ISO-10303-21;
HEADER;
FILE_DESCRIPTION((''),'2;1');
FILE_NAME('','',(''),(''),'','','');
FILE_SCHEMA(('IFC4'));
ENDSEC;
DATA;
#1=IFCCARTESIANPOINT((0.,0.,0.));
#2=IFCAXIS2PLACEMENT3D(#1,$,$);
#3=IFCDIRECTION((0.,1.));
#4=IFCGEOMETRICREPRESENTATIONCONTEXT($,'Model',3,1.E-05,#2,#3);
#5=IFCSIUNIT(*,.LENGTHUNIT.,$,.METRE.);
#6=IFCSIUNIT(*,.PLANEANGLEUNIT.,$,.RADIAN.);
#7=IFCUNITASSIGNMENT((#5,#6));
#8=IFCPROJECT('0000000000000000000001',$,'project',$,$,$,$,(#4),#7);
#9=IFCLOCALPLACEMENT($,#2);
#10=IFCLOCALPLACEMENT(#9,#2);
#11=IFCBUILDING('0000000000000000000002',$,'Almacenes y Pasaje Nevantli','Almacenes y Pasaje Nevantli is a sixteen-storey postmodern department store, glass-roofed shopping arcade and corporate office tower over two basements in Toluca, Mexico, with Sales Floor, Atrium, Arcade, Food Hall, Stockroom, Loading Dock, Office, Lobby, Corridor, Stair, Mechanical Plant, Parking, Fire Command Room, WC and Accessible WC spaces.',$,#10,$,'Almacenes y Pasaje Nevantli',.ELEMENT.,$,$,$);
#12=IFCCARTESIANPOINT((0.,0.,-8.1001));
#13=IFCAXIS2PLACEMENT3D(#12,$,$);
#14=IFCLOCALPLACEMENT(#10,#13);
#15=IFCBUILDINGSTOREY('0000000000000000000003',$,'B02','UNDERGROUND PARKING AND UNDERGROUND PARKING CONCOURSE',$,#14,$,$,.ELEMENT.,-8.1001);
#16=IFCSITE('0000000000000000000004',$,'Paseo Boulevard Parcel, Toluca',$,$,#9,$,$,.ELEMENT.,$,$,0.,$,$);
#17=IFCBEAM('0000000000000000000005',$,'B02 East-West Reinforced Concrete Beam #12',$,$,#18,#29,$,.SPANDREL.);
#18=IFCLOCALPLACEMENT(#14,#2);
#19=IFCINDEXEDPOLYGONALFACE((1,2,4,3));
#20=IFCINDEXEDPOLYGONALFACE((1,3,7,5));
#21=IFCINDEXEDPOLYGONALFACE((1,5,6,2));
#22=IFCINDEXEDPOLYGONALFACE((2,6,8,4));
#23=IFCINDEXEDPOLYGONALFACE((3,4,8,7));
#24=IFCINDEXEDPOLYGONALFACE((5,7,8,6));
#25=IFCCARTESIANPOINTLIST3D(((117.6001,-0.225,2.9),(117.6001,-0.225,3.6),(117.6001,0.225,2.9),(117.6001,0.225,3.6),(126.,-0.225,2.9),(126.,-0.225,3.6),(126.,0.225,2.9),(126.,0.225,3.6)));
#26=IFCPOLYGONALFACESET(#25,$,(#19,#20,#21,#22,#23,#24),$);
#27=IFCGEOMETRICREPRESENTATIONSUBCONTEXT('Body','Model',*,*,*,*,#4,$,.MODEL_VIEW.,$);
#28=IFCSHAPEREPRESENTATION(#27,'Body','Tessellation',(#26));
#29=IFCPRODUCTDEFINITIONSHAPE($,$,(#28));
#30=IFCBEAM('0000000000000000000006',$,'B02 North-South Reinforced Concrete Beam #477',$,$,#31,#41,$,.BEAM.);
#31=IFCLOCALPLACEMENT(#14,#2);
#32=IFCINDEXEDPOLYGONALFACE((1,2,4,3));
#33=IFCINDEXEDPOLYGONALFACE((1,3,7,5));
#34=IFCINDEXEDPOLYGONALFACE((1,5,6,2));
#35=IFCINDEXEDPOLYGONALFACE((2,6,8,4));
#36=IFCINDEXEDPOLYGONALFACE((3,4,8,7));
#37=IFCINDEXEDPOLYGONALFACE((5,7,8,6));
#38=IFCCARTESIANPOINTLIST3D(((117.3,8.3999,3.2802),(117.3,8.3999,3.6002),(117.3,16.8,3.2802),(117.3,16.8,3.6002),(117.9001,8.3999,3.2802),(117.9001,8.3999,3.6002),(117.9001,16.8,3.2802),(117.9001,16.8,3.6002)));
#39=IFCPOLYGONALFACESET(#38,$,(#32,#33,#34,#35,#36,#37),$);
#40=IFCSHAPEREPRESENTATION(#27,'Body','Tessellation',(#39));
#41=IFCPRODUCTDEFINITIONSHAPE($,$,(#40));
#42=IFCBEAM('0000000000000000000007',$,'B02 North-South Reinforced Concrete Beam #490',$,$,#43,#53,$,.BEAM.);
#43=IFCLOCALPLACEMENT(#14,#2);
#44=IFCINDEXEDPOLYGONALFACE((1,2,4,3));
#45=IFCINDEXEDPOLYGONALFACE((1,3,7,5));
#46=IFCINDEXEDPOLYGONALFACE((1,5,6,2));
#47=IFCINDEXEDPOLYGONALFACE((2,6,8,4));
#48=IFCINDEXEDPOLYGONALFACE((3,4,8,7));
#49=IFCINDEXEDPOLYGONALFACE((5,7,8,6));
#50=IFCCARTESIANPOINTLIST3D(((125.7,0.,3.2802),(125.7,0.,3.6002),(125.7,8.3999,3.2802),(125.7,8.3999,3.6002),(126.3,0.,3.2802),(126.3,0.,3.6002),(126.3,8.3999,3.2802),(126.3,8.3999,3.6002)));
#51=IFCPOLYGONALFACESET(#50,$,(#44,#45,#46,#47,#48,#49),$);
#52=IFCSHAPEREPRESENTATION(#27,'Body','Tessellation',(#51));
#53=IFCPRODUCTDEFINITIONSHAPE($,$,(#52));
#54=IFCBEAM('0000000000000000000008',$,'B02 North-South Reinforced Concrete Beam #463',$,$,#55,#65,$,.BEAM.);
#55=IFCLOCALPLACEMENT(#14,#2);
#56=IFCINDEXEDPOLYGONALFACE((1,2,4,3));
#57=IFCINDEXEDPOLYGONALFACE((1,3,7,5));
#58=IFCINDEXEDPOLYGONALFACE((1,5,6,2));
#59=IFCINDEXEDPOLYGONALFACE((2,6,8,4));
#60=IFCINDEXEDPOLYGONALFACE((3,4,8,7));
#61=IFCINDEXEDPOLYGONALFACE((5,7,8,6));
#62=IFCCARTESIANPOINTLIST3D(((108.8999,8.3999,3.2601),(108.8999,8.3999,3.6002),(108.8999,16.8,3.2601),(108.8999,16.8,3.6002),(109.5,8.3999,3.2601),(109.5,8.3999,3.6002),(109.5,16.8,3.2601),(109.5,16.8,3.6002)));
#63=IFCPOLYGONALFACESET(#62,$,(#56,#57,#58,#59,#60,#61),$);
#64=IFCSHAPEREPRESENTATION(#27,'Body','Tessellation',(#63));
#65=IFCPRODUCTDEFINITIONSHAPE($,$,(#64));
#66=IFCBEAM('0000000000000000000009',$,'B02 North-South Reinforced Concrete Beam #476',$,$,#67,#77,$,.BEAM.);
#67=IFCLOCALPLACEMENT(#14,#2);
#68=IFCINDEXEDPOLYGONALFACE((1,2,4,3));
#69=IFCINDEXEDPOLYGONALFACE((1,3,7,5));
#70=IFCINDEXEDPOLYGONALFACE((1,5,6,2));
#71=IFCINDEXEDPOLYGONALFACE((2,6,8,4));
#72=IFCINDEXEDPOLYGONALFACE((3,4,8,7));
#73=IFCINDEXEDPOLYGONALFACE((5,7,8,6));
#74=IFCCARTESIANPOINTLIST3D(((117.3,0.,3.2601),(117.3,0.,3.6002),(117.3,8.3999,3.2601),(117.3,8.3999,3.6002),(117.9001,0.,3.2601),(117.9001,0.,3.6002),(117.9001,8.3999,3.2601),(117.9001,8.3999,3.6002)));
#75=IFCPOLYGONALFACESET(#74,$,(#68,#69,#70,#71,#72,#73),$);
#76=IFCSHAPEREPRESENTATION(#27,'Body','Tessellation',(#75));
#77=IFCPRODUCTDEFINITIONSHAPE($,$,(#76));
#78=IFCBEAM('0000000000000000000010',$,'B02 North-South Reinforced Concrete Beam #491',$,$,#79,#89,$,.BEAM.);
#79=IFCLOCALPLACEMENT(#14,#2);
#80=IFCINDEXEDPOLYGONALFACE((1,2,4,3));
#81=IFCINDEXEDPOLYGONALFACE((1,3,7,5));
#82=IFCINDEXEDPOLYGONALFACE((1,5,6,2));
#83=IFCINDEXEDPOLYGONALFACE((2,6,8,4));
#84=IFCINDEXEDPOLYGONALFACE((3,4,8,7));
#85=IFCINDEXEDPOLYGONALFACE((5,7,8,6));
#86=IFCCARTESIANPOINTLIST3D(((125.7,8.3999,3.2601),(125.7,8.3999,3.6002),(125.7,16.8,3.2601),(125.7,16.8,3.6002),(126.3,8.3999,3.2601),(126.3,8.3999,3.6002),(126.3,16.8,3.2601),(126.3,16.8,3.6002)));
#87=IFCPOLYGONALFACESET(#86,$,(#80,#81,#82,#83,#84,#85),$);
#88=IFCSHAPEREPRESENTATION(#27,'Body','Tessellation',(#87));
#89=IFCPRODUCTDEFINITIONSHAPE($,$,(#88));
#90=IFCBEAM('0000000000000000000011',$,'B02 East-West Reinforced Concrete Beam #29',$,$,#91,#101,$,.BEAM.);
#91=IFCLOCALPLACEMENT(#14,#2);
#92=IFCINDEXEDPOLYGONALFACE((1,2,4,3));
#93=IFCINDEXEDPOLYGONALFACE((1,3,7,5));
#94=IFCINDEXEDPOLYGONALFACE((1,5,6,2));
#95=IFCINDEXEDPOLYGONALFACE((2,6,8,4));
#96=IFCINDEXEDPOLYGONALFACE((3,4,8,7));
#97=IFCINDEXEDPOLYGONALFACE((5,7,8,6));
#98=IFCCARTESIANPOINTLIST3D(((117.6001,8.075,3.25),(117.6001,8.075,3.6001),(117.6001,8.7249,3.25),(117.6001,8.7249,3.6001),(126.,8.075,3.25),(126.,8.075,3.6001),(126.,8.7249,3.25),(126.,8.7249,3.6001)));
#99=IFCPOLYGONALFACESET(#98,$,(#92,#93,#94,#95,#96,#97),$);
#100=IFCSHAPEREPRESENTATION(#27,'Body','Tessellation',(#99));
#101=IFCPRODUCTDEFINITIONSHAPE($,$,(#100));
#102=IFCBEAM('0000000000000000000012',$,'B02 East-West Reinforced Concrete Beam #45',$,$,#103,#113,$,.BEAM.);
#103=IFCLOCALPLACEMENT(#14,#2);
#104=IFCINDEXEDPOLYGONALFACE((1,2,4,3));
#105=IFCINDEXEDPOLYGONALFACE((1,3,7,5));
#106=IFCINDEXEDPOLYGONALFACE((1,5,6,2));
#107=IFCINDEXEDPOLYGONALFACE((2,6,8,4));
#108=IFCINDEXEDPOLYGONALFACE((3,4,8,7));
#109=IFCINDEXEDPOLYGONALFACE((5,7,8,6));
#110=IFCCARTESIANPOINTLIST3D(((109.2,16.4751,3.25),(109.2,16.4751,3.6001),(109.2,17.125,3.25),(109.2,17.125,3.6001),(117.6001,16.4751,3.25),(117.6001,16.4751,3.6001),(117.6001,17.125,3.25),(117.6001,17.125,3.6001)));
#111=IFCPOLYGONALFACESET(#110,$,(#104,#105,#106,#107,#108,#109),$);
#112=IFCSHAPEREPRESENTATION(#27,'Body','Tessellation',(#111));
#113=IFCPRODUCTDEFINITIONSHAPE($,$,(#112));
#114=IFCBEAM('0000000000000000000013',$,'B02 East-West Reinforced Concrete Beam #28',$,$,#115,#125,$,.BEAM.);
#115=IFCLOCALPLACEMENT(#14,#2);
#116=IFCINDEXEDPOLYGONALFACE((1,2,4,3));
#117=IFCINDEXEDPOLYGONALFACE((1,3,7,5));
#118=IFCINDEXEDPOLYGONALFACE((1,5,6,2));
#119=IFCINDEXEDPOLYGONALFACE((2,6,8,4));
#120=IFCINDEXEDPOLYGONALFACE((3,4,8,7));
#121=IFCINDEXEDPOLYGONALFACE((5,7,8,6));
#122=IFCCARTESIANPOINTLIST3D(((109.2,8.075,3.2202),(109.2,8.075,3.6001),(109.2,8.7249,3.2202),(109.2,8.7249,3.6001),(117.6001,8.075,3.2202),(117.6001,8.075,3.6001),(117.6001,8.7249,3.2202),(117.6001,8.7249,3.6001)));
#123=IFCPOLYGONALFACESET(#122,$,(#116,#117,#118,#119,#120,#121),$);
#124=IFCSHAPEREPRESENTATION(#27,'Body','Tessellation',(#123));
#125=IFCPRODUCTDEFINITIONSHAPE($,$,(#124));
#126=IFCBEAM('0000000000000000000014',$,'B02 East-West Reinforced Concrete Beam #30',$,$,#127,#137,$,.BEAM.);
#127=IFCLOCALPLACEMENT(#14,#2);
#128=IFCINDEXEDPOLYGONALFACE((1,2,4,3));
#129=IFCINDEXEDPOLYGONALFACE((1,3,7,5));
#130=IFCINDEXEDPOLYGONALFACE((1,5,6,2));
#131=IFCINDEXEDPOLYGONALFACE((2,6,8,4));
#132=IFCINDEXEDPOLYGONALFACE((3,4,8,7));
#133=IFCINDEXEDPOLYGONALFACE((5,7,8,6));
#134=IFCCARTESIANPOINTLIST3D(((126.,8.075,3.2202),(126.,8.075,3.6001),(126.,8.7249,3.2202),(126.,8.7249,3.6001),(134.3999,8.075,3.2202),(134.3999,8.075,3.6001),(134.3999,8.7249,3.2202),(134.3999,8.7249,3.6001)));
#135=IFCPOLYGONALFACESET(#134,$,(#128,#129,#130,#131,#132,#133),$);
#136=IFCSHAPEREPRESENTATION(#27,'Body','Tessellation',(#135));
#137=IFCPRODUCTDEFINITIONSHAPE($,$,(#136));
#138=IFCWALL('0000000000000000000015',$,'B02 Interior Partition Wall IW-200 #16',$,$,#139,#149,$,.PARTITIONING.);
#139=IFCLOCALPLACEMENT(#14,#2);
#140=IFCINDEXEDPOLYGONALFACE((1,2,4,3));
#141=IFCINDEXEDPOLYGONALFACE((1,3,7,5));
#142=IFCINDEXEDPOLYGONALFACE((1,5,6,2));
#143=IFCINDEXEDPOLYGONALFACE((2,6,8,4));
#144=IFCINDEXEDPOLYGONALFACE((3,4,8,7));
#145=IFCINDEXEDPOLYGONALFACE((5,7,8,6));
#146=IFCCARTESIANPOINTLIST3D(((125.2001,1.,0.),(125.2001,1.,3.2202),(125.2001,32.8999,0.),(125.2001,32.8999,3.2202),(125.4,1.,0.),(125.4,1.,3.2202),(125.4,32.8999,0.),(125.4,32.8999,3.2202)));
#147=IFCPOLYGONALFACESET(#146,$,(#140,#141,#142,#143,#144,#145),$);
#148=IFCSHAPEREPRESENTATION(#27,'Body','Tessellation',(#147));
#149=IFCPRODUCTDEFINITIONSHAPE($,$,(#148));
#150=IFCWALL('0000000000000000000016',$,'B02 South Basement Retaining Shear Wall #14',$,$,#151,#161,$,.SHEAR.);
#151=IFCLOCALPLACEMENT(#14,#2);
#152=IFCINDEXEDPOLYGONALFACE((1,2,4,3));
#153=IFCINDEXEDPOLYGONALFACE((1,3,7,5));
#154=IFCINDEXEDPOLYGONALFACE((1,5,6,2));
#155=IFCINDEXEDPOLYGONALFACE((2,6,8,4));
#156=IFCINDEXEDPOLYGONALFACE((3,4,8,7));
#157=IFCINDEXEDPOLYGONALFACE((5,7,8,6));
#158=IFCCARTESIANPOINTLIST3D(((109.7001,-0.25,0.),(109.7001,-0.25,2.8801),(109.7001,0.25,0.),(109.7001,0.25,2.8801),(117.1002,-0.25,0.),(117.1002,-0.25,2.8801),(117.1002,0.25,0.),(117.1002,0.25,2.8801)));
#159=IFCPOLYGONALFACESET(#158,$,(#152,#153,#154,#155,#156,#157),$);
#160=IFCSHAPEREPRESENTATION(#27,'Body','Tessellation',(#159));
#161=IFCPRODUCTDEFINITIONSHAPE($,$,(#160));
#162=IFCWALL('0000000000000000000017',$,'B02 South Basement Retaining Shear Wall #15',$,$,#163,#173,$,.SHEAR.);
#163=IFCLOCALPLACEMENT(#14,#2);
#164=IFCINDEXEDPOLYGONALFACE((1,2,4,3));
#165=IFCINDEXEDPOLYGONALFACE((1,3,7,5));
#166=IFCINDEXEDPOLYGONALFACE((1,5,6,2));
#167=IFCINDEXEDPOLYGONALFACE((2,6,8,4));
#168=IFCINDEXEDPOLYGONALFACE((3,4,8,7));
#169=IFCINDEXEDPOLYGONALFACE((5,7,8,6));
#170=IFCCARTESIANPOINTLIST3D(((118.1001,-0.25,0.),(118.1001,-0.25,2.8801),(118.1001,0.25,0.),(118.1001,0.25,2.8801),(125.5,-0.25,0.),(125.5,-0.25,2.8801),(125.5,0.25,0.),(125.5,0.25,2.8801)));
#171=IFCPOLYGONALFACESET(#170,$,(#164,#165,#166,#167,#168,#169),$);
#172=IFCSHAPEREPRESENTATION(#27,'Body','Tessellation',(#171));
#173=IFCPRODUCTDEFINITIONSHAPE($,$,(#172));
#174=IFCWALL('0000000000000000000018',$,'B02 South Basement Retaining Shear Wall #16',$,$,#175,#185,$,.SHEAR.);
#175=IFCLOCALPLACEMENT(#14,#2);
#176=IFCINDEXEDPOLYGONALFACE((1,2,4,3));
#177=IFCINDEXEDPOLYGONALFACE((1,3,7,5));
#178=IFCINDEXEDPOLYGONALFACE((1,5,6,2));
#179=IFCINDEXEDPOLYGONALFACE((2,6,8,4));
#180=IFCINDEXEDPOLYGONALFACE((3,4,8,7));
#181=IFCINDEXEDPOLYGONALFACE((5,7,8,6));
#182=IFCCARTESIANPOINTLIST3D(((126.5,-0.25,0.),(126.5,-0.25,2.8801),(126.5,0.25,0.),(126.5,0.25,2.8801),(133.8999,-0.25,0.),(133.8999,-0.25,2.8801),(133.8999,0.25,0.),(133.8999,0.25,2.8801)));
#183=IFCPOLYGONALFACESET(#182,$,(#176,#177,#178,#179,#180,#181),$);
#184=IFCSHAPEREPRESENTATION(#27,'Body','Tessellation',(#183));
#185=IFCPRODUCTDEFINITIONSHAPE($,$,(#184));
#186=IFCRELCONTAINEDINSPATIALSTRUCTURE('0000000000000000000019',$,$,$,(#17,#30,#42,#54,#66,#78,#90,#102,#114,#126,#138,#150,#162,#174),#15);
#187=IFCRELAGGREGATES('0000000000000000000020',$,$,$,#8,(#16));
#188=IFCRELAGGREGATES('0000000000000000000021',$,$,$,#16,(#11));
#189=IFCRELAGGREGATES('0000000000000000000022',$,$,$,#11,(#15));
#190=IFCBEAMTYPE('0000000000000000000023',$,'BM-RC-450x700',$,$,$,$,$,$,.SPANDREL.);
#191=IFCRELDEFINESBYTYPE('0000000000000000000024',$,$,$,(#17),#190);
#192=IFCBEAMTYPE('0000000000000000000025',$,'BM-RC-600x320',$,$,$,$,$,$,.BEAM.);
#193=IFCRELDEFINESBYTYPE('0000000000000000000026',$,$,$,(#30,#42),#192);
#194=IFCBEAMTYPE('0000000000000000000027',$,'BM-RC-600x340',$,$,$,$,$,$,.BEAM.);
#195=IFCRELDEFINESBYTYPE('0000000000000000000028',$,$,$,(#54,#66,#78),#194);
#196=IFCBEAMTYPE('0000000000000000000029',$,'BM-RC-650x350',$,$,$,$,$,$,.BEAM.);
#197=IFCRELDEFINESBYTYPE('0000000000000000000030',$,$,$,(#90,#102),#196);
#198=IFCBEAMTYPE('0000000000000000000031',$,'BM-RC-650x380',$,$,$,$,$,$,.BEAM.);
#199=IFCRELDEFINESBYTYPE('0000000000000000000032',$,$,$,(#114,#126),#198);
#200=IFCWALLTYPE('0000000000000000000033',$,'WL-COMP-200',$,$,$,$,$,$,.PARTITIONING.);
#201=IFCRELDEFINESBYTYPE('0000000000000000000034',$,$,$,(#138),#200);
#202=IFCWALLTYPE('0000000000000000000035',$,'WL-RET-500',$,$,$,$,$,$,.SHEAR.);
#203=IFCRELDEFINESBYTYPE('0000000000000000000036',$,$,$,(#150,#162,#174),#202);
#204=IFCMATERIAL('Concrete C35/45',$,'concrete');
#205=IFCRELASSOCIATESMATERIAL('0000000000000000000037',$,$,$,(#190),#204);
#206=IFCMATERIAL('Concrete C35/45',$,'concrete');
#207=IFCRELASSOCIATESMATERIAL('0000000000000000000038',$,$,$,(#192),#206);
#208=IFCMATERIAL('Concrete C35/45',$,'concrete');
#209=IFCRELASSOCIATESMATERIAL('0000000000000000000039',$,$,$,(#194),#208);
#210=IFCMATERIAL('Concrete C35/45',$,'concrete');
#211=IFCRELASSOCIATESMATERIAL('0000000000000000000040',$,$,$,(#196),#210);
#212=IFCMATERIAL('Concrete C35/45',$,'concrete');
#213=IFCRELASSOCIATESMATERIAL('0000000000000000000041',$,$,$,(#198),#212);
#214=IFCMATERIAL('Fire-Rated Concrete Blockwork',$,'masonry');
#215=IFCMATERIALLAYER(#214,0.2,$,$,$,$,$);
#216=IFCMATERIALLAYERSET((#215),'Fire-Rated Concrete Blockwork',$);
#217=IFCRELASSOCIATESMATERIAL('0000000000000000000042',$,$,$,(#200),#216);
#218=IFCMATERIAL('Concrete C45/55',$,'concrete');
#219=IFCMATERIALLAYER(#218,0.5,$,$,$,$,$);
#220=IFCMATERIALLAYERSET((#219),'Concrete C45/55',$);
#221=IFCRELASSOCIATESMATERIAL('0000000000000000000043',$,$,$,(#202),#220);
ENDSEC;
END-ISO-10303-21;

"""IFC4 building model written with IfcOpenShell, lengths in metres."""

from ifc_helpers import new_model, si_unit, direction, frame, frame_2d, origin, origin_2d, place, context, subcontext, project, spatial, rectangle, extrude, material, layer, layer_set, material_profile, profile_set, type_object, element, save


model = new_model("IFC4")

# Units and contexts
model_context = context("Model", 3, precision=1e-05, world=origin(), true_north=direction((0.0, 1.0)))
body_context = subcontext(model_context, "Body", "Model", "MODEL_VIEW")
ifc_project = project(units=[si_unit("LENGTHUNIT", "METRE"), si_unit("PLANEANGLEUNIT", "RADIAN")], contexts=[model_context])

# Site, building, storey
site_placement = place(None, origin())
site = spatial("IfcSite", under=ifc_project, at=site_placement, Name="Paseo Boulevard Parcel, Toluca", CompositionType="ELEMENT", RefElevation=0.0)
building_placement = place(site_placement, origin())
building = spatial("IfcBuilding", under=site, at=building_placement, Name="Almacenes y Pasaje Nevantli", Description="Almacenes y Pasaje Nevantli is a sixteen-storey postmodern department store, glass-roofed shopping arcade and corporate office tower over two basements in Toluca, Mexico, with Sales Floor, Atrium, Arcade, Food Hall, Stockroom, Loading Dock, Office, Lobby, Corridor, Stair, Mechanical Plant, Parking, Fire Command Room, WC and Accessible WC spaces.", LongName="Almacenes y Pasaje Nevantli", CompositionType="ELEMENT")
storey_placement = place(building_placement, frame((0.0, 0.0, -8.1001)))
storey = spatial("IfcBuildingStorey", under=building, at=storey_placement, Name="B02", Description="UNDERGROUND PARKING AND UNDERGROUND PARKING CONCOURSE", CompositionType="ELEMENT", Elevation=-8.1001)

# Beams
ifc_material_1 = material(Name="Concrete C35/45", Category="concrete")
ifc_material_profile_1 = material_profile(ifc_material_1, rectangle(XDim=0.45, YDim=0.7, at=origin_2d()), Name="RC-BM-450x700")
ifc_profile_set_1 = profile_set([ifc_material_profile_1], Name="Concrete C35/45")
beam_type_1 = type_object("IfcBeamType", Name="BM-RC-450x700", PredefinedType="SPANDREL", material=ifc_profile_set_1)
beam_1_placement = place(storey_placement, frame((117.6001, 0.0, 3.25), z_axis=(1.0, 0.0, 0.0), x_axis=(0.0, 1.0, 0.0)))
element("IfcBeam", 1, at=beam_1_placement, inside=storey, type_object=beam_type_1, Name="B02 East-West Reinforced Concrete Beam #12", PredefinedType="SPANDREL", context=body_context, shape_type="SweptSolid", body=[
    extrude(rectangle(XDim=0.45, YDim=0.7, at=origin_2d()), origin(), (0.0, 0.0, 1.0), 8.3999),
])
ifc_material_2 = material(Name="Concrete C35/45", Category="concrete")
ifc_material_profile_2 = material_profile(ifc_material_2, rectangle(XDim=0.6001, YDim=0.3201, at=origin_2d()), Name="RC-BM-600x320")
ifc_profile_set_2 = profile_set([ifc_material_profile_2], Name="Concrete C35/45")
beam_type_2 = type_object("IfcBeamType", Name="BM-RC-600x320", PredefinedType="BEAM", material=ifc_profile_set_2)
beam_2_placement = place(storey_placement, frame((117.6001, 8.3999, 3.4402), z_axis=(0.0, 1.0, 0.0), x_axis=(-1.0, 0.0, 0.0)))
element("IfcBeam", 2, at=beam_2_placement, inside=storey, type_object=beam_type_2, Name="B02 North-South Reinforced Concrete Beam #477", PredefinedType="BEAM", context=body_context, shape_type="SweptSolid", body=[
    extrude(rectangle(XDim=0.6001, YDim=0.3201, at=origin_2d()), origin(), (0.0, 0.0, 1.0), 8.4001),
])
beam_3_placement = place(storey_placement, frame((126.0, 0.0, 3.4402), z_axis=(0.0, 1.0, 0.0), x_axis=(-1.0, 0.0, 0.0)))
element("IfcBeam", 3, at=beam_3_placement, inside=storey, type_object=beam_type_2, Name="B02 North-South Reinforced Concrete Beam #490", PredefinedType="BEAM", context=body_context, shape_type="SweptSolid", body=[
    extrude(rectangle(XDim=0.6001, YDim=0.3201, at=origin_2d()), origin(), (0.0, 0.0, 1.0), 8.3999),
])
ifc_material_3 = material(Name="Concrete C35/45", Category="concrete")
ifc_material_profile_3 = material_profile(ifc_material_3, rectangle(XDim=0.6001, YDim=0.3401, at=origin_2d()), Name="RC-BM-600x340")
ifc_profile_set_3 = profile_set([ifc_material_profile_3], Name="Concrete C35/45")
beam_type_3 = type_object("IfcBeamType", Name="BM-RC-600x340", PredefinedType="BEAM", material=ifc_profile_set_3)
beam_4_placement = place(storey_placement, frame((109.2, 8.3999, 3.4302), z_axis=(0.0, 1.0, 0.0), x_axis=(-1.0, 0.0, 0.0)))
element("IfcBeam", 4, at=beam_4_placement, inside=storey, type_object=beam_type_3, Name="B02 North-South Reinforced Concrete Beam #463", PredefinedType="BEAM", context=body_context, shape_type="SweptSolid", body=[
    extrude(rectangle(XDim=0.6001, YDim=0.3401, at=origin_2d()), origin(), (0.0, 0.0, 1.0), 8.4001),
])
beam_5_placement = place(storey_placement, frame((117.6001, 0.0, 3.4302), z_axis=(0.0, 1.0, 0.0), x_axis=(-1.0, 0.0, 0.0)))
element("IfcBeam", 5, at=beam_5_placement, inside=storey, type_object=beam_type_3, Name="B02 North-South Reinforced Concrete Beam #476", PredefinedType="BEAM", context=body_context, shape_type="SweptSolid", body=[
    extrude(rectangle(XDim=0.6001, YDim=0.3401, at=origin_2d()), origin(), (0.0, 0.0, 1.0), 8.3999),
])
beam_6_placement = place(storey_placement, frame((126.0, 8.3999, 3.4302), z_axis=(0.0, 1.0, 0.0), x_axis=(-1.0, 0.0, 0.0)))
element("IfcBeam", 6, at=beam_6_placement, inside=storey, type_object=beam_type_3, Name="B02 North-South Reinforced Concrete Beam #491", PredefinedType="BEAM", context=body_context, shape_type="SweptSolid", body=[
    extrude(rectangle(XDim=0.6001, YDim=0.3401, at=origin_2d()), origin(), (0.0, 0.0, 1.0), 8.4001),
])
ifc_material_4 = material(Name="Concrete C35/45", Category="concrete")
ifc_material_profile_4 = material_profile(ifc_material_4, rectangle(XDim=0.6499, YDim=0.3501, at=origin_2d()), Name="RC-BM-650x350")
ifc_profile_set_4 = profile_set([ifc_material_profile_4], Name="Concrete C35/45")
beam_type_4 = type_object("IfcBeamType", Name="BM-RC-650x350", PredefinedType="BEAM", material=ifc_profile_set_4)
beam_7_placement = place(storey_placement, frame((117.6001, 8.3999, 3.425), z_axis=(1.0, 0.0, 0.0), x_axis=(0.0, 1.0, 0.0)))
element("IfcBeam", 7, at=beam_7_placement, inside=storey, type_object=beam_type_4, Name="B02 East-West Reinforced Concrete Beam #29", PredefinedType="BEAM", context=body_context, shape_type="SweptSolid", body=[
    extrude(rectangle(XDim=0.6499, YDim=0.3501, at=origin_2d()), origin(), (0.0, 0.0, 1.0), 8.3999),
])
beam_8_placement = place(storey_placement, frame((109.2, 16.8, 3.425), z_axis=(1.0, 0.0, 0.0), x_axis=(0.0, 1.0, 0.0)))
element("IfcBeam", 8, at=beam_8_placement, inside=storey, type_object=beam_type_4, Name="B02 East-West Reinforced Concrete Beam #45", PredefinedType="BEAM", context=body_context, shape_type="SweptSolid", body=[
    extrude(rectangle(XDim=0.6499, YDim=0.3501, at=origin_2d()), origin(), (0.0, 0.0, 1.0), 8.4001),
])
ifc_material_5 = material(Name="Concrete C35/45", Category="concrete")
ifc_material_profile_5 = material_profile(ifc_material_5, rectangle(XDim=0.6499, YDim=0.3799, at=origin_2d()), Name="RC-BM-650x380")
ifc_profile_set_5 = profile_set([ifc_material_profile_5], Name="Concrete C35/45")
beam_type_5 = type_object("IfcBeamType", Name="BM-RC-650x380", PredefinedType="BEAM", material=ifc_profile_set_5)
beam_9_placement = place(storey_placement, frame((109.2, 8.3999, 3.4102), z_axis=(1.0, 0.0, 0.0), x_axis=(0.0, 1.0, 0.0)))
element("IfcBeam", 9, at=beam_9_placement, inside=storey, type_object=beam_type_5, Name="B02 East-West Reinforced Concrete Beam #28", PredefinedType="BEAM", context=body_context, shape_type="SweptSolid", body=[
    extrude(rectangle(XDim=0.6499, YDim=0.3799, at=origin_2d()), origin(), (0.0, 0.0, 1.0), 8.4001),
])
beam_10_placement = place(storey_placement, frame((126.0, 8.3999, 3.4102), z_axis=(1.0, 0.0, 0.0), x_axis=(0.0, 1.0, 0.0)))
element("IfcBeam", 10, at=beam_10_placement, inside=storey, type_object=beam_type_5, Name="B02 East-West Reinforced Concrete Beam #30", PredefinedType="BEAM", context=body_context, shape_type="SweptSolid", body=[
    extrude(rectangle(XDim=0.6499, YDim=0.3799, at=origin_2d()), origin(), (0.0, 0.0, 1.0), 8.3999),
])

# Walls
ifc_material_6 = material(Name="Fire-Rated Concrete Blockwork", Category="masonry")
ifc_layer_1 = layer(ifc_material_6, 0.2)
ifc_layer_set_1 = layer_set([ifc_layer_1], Name="Fire-Rated Concrete Blockwork")
wall_type_1 = type_object("IfcWallType", Name="WL-COMP-200", PredefinedType="PARTITIONING", material=ifc_layer_set_1)
wall_1_placement = place(storey_placement, frame((125.3, 1.0, 0.0), z_axis=(0.0, 0.0, 1.0), x_axis=(0.0, 1.0, 0.0)))
element("IfcWall", 11, at=wall_1_placement, inside=storey, type_object=wall_type_1, Name="B02 Interior Partition Wall IW-200 #16", PredefinedType="PARTITIONING", context=body_context, shape_type="SweptSolid", body=[
    extrude(rectangle(XDim=31.8999, YDim=0.2, at=frame_2d((15.95, 0.0))), origin(), (0.0, 0.0, 1.0), 3.2202),
])
ifc_material_7 = material(Name="Concrete C45/55", Category="concrete")
ifc_layer_2 = layer(ifc_material_7, 0.5)
ifc_layer_set_2 = layer_set([ifc_layer_2], Name="Concrete C45/55")
wall_type_2 = type_object("IfcWallType", Name="WL-RET-500", PredefinedType="SHEAR", material=ifc_layer_set_2)
wall_2_placement = place(storey_placement, frame((109.7, 0.0, 0.0), z_axis=(0.0, 0.0, 1.0), x_axis=(1.0, 0.0, 0.0)))
element("IfcWall", 12, at=wall_2_placement, inside=storey, type_object=wall_type_2, Name="B02 South Basement Retaining Shear Wall #14", PredefinedType="SHEAR", context=body_context, shape_type="SweptSolid", body=[
    extrude(rectangle(XDim=7.4001, YDim=0.5, at=frame_2d((3.7002, 0.0))), origin(), (0.0, 0.0, 1.0), 2.8801),
])
for number, where, z_axis, x_axis, name in (
    (13, (118.1001, 0.0, 0.0), (0.0, 0.0, 1.0), (1.0, 0.0, 0.0), "B02 South Basement Retaining Shear Wall #15"),
    (14, (126.5, 0.0, 0.0), (0.0, 0.0, 1.0), (1.0, 0.0, 0.0), "B02 South Basement Retaining Shear Wall #16"),
):
    element("IfcWall", number, at=place(storey_placement, frame(where, z_axis=z_axis, x_axis=x_axis)), inside=storey, type_object=wall_type_2, Name=name, PredefinedType="SHEAR", context=body_context, shape_type="SweptSolid", body=[
        extrude(rectangle(XDim=7.3999, YDim=0.5, at=frame_2d((3.7, 0.0))), origin(), (0.0, 0.0, 1.0), 2.8801),
    ])

save(model, "model.ifc")
